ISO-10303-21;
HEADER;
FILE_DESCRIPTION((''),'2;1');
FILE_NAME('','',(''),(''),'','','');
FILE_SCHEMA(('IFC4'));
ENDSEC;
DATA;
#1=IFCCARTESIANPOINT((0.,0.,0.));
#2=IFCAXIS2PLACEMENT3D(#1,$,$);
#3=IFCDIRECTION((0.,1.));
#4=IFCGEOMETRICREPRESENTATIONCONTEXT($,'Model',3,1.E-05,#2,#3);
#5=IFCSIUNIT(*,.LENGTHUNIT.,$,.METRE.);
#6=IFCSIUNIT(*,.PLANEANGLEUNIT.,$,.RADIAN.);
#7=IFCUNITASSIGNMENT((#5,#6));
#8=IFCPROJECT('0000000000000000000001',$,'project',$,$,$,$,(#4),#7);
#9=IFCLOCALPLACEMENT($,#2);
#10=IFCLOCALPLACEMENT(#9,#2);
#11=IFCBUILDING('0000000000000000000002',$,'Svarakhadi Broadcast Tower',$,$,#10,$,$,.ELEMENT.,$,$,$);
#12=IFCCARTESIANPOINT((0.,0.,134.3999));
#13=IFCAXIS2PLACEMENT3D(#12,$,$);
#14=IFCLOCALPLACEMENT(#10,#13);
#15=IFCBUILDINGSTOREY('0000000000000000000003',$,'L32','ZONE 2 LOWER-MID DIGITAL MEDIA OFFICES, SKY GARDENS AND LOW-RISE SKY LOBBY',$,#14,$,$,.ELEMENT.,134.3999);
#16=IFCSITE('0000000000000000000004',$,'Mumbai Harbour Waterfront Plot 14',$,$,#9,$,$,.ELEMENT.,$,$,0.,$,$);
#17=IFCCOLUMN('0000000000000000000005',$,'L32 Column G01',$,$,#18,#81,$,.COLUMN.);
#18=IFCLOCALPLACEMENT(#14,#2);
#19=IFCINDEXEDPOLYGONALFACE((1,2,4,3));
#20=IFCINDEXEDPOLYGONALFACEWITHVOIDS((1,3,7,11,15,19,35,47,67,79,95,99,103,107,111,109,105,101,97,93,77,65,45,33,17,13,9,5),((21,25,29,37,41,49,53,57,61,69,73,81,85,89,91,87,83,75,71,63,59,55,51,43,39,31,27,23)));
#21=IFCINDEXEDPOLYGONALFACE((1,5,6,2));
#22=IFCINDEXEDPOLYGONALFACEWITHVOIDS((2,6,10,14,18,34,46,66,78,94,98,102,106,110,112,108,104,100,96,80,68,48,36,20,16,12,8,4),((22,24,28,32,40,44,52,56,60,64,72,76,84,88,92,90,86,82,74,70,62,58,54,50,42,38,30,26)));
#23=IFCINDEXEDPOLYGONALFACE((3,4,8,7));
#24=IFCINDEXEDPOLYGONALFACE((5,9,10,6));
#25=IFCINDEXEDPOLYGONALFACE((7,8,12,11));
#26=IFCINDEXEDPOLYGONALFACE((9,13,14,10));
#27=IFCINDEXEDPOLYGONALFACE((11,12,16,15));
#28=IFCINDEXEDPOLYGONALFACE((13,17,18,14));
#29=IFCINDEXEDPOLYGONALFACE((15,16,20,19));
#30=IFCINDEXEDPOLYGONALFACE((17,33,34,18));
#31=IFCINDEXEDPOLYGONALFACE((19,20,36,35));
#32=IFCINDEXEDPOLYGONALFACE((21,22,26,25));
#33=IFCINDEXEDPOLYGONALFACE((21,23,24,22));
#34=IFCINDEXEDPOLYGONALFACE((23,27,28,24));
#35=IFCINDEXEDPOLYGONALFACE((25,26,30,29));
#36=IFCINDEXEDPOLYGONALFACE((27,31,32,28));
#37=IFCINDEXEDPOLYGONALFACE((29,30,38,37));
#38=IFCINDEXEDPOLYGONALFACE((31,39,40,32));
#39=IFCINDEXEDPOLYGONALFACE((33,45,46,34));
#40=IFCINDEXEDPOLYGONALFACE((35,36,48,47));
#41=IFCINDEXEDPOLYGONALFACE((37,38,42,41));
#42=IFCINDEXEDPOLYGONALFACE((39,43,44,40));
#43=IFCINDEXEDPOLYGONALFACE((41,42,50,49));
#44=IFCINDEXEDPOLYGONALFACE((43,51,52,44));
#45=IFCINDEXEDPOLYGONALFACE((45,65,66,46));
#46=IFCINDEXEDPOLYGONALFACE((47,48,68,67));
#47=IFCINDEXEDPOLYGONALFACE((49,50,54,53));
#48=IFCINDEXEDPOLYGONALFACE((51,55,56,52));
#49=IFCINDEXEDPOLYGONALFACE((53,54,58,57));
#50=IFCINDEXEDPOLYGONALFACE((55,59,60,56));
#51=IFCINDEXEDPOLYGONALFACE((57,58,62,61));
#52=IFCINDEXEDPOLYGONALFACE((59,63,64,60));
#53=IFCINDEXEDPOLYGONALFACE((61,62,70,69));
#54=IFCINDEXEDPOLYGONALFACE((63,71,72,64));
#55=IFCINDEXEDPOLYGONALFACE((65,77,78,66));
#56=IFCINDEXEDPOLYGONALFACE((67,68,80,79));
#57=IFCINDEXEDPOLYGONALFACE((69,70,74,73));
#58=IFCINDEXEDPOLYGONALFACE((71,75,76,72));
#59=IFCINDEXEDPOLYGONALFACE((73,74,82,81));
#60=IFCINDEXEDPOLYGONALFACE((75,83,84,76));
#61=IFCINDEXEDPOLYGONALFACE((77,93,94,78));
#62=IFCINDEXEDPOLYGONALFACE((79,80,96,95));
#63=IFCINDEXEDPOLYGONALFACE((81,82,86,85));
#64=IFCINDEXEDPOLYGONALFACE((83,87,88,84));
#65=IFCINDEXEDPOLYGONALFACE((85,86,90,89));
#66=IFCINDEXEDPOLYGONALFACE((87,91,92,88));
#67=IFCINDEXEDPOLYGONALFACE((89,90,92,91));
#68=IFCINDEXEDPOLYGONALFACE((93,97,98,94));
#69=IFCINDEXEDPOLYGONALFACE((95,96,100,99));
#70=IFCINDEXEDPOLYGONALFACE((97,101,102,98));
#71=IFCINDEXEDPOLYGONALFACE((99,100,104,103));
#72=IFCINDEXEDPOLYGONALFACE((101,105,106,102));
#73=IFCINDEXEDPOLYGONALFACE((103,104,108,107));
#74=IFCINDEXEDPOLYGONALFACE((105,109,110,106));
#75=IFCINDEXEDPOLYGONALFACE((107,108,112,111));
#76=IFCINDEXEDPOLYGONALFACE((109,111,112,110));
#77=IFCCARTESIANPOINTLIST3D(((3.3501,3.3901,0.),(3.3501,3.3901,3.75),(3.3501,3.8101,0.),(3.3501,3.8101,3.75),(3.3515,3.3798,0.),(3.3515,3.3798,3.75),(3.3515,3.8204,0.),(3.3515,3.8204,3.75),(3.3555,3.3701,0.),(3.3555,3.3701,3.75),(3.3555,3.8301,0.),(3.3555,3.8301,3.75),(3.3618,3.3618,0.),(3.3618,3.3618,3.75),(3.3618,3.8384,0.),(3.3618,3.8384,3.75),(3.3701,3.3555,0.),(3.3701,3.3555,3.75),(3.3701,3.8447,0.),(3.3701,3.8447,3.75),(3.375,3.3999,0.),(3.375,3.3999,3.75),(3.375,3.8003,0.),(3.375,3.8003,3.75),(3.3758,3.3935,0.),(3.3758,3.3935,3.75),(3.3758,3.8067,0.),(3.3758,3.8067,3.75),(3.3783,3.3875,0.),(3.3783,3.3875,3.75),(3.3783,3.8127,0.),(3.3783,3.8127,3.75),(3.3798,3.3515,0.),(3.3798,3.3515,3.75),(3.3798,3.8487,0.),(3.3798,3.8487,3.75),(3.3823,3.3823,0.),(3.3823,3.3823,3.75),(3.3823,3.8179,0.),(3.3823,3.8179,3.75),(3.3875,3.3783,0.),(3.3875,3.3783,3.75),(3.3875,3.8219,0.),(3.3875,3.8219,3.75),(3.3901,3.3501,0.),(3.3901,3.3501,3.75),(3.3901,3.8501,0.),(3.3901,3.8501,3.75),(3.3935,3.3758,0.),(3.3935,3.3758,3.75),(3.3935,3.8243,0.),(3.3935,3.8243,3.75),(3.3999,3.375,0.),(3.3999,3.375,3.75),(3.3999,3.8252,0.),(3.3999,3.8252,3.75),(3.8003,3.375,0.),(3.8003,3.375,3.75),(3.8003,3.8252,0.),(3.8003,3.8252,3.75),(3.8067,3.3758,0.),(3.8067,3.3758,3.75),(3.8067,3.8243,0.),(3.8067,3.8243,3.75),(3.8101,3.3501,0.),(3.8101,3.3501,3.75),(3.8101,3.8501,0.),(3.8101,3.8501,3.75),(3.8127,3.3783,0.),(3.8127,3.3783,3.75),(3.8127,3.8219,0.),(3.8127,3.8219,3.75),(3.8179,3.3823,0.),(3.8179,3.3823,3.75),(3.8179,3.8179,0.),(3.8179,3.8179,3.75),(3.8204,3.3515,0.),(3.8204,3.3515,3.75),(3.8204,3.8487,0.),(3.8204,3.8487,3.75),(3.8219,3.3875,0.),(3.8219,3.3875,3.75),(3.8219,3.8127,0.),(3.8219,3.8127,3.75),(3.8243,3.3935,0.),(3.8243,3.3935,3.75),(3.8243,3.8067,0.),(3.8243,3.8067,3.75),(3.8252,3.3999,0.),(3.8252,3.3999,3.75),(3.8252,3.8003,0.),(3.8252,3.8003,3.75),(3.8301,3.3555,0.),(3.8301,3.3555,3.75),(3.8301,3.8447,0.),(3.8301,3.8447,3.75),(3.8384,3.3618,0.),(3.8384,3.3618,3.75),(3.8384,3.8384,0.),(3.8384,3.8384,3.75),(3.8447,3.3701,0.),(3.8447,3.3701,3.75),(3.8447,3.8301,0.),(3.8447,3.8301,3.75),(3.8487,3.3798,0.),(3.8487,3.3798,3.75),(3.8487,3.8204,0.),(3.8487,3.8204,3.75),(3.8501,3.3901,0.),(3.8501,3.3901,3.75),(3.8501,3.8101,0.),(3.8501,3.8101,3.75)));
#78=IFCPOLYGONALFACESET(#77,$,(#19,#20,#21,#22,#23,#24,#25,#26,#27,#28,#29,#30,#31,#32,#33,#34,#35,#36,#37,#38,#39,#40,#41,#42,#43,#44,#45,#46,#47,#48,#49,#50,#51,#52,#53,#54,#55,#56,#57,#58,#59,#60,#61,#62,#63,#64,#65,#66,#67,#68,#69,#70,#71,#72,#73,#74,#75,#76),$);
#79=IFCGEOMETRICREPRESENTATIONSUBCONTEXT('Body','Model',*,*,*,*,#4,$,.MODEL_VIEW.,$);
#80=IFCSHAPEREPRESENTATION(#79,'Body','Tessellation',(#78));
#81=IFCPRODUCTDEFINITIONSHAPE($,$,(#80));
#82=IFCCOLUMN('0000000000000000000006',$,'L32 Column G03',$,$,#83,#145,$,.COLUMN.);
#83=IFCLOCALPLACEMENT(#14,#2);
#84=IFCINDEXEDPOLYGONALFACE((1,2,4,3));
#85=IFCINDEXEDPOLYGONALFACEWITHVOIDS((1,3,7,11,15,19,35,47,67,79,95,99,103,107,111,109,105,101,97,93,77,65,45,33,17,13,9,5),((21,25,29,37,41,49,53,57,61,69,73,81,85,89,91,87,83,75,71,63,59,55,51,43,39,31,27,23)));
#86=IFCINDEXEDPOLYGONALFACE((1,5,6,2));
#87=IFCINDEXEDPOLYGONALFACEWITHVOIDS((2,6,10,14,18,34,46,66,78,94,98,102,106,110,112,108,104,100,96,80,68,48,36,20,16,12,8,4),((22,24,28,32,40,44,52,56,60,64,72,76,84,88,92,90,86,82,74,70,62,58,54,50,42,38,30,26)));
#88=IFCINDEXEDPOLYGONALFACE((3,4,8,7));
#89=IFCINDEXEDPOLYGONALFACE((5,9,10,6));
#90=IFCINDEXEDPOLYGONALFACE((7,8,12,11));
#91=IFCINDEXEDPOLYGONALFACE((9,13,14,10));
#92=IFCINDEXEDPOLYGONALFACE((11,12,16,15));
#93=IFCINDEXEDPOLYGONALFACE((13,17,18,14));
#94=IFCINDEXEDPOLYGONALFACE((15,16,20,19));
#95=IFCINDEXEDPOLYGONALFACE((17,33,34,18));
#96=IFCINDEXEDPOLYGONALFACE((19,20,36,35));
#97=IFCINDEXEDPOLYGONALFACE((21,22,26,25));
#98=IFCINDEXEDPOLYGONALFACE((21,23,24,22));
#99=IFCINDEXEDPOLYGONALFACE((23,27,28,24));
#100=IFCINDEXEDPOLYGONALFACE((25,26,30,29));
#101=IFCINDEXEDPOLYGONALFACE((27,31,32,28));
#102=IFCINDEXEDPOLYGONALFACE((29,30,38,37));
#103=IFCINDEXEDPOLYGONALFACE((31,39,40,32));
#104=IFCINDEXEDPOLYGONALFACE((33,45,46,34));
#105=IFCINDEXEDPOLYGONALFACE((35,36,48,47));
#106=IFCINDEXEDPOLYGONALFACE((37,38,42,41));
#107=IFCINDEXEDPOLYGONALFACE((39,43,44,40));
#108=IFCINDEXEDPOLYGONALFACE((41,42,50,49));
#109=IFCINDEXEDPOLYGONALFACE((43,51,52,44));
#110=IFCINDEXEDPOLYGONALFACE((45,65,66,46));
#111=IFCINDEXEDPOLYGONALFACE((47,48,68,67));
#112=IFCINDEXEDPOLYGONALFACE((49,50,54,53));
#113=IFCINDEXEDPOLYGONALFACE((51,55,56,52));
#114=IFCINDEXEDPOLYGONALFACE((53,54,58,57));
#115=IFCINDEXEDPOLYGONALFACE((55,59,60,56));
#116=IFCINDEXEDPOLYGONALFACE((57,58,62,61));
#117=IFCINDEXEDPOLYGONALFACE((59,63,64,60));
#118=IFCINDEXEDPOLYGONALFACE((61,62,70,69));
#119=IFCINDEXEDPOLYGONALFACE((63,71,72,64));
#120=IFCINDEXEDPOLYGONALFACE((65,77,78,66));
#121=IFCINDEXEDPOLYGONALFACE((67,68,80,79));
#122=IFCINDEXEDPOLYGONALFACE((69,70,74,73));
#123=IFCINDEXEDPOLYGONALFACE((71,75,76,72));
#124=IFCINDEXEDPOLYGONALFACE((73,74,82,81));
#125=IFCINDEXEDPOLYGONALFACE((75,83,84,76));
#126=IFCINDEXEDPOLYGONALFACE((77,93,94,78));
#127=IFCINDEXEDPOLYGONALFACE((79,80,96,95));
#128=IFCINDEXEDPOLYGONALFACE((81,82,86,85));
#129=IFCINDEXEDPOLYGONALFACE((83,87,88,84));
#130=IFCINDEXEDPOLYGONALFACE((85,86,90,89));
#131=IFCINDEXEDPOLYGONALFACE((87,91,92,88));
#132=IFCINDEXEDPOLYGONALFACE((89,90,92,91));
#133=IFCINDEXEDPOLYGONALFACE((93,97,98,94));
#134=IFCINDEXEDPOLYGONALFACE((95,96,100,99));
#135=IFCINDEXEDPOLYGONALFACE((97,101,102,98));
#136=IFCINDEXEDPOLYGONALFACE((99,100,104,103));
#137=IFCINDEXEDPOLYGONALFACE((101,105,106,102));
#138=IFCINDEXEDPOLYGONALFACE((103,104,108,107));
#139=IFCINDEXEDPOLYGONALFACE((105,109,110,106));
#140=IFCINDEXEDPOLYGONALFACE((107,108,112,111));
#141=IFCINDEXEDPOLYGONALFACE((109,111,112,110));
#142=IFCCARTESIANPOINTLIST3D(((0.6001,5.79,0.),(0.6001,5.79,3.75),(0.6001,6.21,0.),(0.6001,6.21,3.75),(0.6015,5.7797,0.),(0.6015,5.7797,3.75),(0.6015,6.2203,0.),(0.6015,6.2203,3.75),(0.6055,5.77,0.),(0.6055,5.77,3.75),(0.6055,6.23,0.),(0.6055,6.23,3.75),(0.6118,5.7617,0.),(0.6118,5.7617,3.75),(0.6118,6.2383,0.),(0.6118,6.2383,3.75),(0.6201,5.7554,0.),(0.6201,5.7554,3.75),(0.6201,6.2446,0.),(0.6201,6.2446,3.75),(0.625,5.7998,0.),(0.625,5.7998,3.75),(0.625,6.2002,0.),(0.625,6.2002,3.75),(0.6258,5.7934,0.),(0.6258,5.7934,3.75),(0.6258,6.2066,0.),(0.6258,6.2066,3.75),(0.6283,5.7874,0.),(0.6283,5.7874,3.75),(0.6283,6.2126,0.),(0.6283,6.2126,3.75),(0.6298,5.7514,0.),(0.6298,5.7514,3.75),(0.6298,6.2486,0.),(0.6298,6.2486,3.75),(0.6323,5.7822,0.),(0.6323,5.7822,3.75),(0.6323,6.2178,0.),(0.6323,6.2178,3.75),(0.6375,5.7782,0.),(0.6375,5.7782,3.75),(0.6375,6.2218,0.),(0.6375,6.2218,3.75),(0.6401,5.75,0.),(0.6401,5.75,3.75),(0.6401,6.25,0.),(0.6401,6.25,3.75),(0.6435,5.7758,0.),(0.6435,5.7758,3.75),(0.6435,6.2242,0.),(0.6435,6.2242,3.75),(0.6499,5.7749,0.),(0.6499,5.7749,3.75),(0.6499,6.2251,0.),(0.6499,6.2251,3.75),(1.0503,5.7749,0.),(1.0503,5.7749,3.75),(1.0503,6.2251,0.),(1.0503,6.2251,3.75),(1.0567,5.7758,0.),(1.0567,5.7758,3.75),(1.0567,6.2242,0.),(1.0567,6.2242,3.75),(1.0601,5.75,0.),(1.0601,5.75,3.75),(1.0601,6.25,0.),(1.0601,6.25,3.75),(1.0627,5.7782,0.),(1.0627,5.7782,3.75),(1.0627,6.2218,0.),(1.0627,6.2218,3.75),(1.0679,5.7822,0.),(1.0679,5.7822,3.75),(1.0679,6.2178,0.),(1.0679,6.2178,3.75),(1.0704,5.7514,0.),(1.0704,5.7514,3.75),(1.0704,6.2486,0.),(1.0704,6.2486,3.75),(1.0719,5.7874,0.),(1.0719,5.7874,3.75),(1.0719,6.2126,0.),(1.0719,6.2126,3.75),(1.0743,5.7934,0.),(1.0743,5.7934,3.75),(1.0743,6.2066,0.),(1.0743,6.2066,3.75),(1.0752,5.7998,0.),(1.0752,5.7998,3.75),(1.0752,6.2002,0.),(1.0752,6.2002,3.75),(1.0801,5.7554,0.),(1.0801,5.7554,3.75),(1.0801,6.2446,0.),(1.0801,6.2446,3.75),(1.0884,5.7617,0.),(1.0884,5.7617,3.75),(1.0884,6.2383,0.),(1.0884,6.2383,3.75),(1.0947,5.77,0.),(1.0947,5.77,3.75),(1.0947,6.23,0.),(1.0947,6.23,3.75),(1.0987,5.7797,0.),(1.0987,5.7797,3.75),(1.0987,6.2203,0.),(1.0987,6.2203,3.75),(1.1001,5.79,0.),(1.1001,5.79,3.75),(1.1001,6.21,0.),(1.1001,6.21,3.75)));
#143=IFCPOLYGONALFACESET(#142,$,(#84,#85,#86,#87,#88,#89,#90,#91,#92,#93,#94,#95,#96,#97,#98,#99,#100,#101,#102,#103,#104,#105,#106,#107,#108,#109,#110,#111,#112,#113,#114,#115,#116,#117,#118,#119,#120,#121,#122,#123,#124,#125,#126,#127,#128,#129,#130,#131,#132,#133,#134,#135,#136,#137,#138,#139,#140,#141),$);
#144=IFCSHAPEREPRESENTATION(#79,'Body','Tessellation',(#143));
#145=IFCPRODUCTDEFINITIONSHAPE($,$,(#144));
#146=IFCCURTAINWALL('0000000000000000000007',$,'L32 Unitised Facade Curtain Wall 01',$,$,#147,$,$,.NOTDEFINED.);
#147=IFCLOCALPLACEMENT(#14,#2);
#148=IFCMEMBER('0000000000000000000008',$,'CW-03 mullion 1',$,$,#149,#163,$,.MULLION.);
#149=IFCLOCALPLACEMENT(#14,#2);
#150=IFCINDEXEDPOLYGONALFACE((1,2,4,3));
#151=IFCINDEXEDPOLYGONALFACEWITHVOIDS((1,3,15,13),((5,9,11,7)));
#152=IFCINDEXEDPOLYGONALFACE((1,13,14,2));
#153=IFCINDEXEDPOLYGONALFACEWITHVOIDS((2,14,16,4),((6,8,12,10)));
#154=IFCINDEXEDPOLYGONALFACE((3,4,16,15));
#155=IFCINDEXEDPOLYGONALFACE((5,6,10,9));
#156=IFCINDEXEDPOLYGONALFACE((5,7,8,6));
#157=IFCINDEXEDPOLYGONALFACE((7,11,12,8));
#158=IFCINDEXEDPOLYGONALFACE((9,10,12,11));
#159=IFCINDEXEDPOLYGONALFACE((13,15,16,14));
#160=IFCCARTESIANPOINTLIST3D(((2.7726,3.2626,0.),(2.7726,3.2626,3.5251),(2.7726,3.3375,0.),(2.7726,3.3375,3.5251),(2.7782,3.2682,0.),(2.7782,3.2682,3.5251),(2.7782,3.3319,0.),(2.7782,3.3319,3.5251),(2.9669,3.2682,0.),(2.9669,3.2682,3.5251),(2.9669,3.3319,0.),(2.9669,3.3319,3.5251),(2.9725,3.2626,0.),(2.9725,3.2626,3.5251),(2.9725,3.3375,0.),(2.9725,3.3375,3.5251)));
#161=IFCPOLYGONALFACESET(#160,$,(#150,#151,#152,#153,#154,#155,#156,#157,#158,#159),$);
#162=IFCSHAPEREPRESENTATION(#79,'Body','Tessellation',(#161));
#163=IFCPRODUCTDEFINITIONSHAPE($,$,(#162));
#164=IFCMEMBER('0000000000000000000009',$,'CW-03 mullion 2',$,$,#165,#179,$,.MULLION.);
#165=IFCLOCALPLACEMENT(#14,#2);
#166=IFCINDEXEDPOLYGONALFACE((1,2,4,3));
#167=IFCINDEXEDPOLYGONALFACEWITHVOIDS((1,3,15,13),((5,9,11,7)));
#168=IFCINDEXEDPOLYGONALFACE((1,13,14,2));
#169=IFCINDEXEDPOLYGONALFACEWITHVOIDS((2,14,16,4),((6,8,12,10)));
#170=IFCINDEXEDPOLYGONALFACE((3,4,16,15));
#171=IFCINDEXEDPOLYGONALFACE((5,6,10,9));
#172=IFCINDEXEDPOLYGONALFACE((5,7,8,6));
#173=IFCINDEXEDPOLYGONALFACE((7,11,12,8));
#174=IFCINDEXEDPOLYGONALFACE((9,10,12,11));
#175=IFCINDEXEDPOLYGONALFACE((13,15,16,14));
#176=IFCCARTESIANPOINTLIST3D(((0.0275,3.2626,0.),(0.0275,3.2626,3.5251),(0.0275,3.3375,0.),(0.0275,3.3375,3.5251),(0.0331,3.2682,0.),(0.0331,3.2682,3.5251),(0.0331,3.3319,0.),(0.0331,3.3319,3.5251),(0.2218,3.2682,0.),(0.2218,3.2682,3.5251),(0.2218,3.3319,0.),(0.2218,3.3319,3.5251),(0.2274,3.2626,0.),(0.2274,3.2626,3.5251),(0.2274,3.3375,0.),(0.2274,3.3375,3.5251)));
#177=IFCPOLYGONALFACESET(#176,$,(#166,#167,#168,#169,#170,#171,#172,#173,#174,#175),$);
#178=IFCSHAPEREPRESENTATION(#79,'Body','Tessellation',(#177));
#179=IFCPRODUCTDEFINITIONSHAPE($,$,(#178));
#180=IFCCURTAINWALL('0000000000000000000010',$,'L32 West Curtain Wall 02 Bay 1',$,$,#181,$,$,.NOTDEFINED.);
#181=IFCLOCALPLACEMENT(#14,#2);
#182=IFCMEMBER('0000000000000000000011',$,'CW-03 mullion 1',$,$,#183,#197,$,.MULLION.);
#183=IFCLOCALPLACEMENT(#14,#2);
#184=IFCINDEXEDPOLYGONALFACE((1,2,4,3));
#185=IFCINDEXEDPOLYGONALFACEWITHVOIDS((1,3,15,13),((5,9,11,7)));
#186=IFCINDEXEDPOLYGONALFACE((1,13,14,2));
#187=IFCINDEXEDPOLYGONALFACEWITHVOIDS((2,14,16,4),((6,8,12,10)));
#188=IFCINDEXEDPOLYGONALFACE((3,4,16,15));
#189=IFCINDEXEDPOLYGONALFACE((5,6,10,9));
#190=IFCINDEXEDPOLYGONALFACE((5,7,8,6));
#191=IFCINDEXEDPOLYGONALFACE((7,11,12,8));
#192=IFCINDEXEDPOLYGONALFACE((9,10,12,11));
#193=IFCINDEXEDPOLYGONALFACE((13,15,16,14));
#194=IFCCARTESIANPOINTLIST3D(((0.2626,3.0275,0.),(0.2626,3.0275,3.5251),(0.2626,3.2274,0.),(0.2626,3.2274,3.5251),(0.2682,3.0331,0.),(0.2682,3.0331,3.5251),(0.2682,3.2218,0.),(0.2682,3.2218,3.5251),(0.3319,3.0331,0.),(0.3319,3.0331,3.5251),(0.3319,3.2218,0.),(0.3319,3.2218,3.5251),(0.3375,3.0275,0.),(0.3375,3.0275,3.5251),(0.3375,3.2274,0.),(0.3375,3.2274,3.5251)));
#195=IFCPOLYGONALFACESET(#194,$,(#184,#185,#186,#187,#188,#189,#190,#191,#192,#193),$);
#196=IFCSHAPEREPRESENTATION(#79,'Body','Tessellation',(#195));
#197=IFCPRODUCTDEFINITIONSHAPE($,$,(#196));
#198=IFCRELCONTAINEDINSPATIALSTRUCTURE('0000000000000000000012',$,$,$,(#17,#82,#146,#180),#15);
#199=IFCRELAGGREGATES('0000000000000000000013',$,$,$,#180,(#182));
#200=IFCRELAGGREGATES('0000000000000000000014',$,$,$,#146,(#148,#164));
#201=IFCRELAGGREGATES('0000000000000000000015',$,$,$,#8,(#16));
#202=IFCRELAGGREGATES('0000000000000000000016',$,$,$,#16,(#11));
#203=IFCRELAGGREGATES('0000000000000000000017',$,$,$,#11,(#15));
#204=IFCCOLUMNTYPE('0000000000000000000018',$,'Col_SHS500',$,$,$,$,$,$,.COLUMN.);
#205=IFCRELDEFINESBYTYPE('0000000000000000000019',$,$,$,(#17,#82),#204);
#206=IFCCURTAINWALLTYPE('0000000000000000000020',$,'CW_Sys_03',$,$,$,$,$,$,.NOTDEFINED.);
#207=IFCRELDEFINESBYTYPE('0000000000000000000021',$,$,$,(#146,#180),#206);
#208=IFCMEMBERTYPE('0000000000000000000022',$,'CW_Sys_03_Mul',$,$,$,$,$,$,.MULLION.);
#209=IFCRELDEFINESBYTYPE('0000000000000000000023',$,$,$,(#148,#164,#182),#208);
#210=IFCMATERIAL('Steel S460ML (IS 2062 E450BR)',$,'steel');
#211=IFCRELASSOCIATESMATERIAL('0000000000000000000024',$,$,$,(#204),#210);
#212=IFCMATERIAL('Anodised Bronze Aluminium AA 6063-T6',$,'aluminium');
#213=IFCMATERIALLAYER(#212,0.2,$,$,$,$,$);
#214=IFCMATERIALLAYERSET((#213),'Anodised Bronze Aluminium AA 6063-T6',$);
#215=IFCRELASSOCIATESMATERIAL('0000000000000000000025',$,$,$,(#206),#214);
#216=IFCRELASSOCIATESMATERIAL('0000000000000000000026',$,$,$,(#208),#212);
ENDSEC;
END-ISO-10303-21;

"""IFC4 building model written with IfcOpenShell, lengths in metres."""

from ifc_helpers import new_model, si_unit, direction, frame, origin, origin_2d, place, context, subcontext, project, spatial, hollow_rectangle, extrude, material, layer, layer_set, material_profile, profile_set, type_object, element, aggregate, save


model = new_model("IFC4")

# Units and contexts
model_context = context("Model", 3, precision=1e-05, world=origin(), true_north=direction((0.0, 1.0)))
body_context = subcontext(model_context, "Body", "Model", "MODEL_VIEW")
ifc_project = project(units=[si_unit("LENGTHUNIT", "METRE"), si_unit("PLANEANGLEUNIT", "RADIAN")], contexts=[model_context])

# Site, building, storey
site_placement = place(None, origin())
site = spatial("IfcSite", under=ifc_project, at=site_placement, Name="Mumbai Harbour Waterfront Plot 14", CompositionType="ELEMENT", RefElevation=0.0)
building_placement = place(site_placement, origin())
building = spatial("IfcBuilding", under=site, at=building_placement, Name="Svarakhadi Broadcast Tower", CompositionType="ELEMENT")
storey_placement = place(building_placement, frame((0.0, 0.0, 134.3999)))
storey = spatial("IfcBuildingStorey", under=building, at=storey_placement, Name="L32", Description="ZONE 2 LOWER-MID DIGITAL MEDIA OFFICES, SKY GARDENS AND LOW-RISE SKY LOBBY", CompositionType="ELEMENT", Elevation=134.3999)

# Columns
ifc_material_1 = material(Name="Steel S460ML (IS 2062 E450BR)", Category="steel")
ifc_material_profile_1 = material_profile(ifc_material_1, hollow_rectangle(XDim=0.5, YDim=0.5, WallThickness=0.0249, InnerFilletRadius=0.0249, OuterFilletRadius=0.04, at=origin_2d()), Name="SHS 500x500x25")
ifc_profile_set_1 = profile_set([ifc_material_profile_1], Name="Steel S460ML (IS 2062 E450BR)")
column_type = type_object("IfcColumnType", Name="Col_SHS500", PredefinedType="COLUMN", material=ifc_profile_set_1)
for number, where, z_axis, x_axis, name in (
    (1, (3.6001, 3.6001, 0.0), (0.0, 0.0, 1.0), (1.0, 0.0, 0.0), "L32 Column G01"),
    (2, (0.8501, 6.0, 0.0), (0.0, 0.0, 1.0), (1.0, 0.0, 0.0), "L32 Column G03"),
):
    element("IfcColumn", number, at=place(storey_placement, frame(where, z_axis=z_axis, x_axis=x_axis)), inside=storey, type_object=column_type, Name=name, PredefinedType="COLUMN", context=body_context, shape_type="SweptSolid", body=[
        extrude(hollow_rectangle(XDim=0.5, YDim=0.5, WallThickness=0.0249, InnerFilletRadius=0.0249, OuterFilletRadius=0.04, at=origin_2d()), origin(), (0.0, 0.0, 1.0), 3.75),
    ])

# Curtain wall, members
ifc_material_2 = material(Name="Anodised Bronze Aluminium AA 6063-T6", Category="aluminium")
ifc_layer_1 = layer(ifc_material_2, 0.2)
ifc_layer_set_1 = layer_set([ifc_layer_1], Name="Anodised Bronze Aluminium AA 6063-T6")
curtain_wall_type = type_object("IfcCurtainWallType", Name="CW_Sys_03", PredefinedType="NOTDEFINED", material=ifc_layer_set_1)
curtain_wall_1_placement = place(storey_placement, origin())
curtain_wall_1 = element("IfcCurtainWall", 3, at=curtain_wall_1_placement, inside=storey, type_object=curtain_wall_type, Name="L32 Unitised Facade Curtain Wall 01", PredefinedType="NOTDEFINED")
ifc_material_profile_2 = material_profile(ifc_material_2, hollow_rectangle(XDim=0.075, YDim=0.2, WallThickness=0.0056, at=origin_2d()), Name="ALU MULLION 200x75x6")
ifc_profile_set_2 = profile_set([ifc_material_profile_2], Name="Anodised Bronze Aluminium AA 6063-T6")
member_type_1 = type_object("IfcMemberType", Name="CW_Sys_03_Mul", PredefinedType="MULLION", material=ifc_profile_set_2)
member_1_placement = place(storey_placement, frame((2.8726, 3.3, 0.0), z_axis=(0.0, 0.0, 1.0), x_axis=(0.0, -1.0, 0.0)))
member_1 = element("IfcMember", 4, at=member_1_placement, type_object=member_type_1, Name="CW-03 mullion 1", PredefinedType="MULLION", context=body_context, shape_type="SweptSolid", body=[
    extrude(hollow_rectangle(XDim=0.075, YDim=0.2, WallThickness=0.0056, at=origin_2d()), origin(), (0.0, 0.0, 1.0), 3.5251),
])
member_2_placement = place(storey_placement, frame((0.1274, 3.3, 0.0), z_axis=(0.0, 0.0, 1.0), x_axis=(0.0, -1.0, 0.0)))
member_2 = element("IfcMember", 5, at=member_2_placement, type_object=member_type_1, Name="CW-03 mullion 2", PredefinedType="MULLION", context=body_context, shape_type="SweptSolid", body=[
    extrude(hollow_rectangle(XDim=0.075, YDim=0.2, WallThickness=0.0056, at=origin_2d()), origin(), (0.0, 0.0, 1.0), 3.5251),
])

# Curtain wall, member
curtain_wall_2_placement = place(storey_placement, origin())
curtain_wall_2 = element("IfcCurtainWall", 6, at=curtain_wall_2_placement, inside=storey, type_object=curtain_wall_type, Name="L32 West Curtain Wall 02 Bay 1", PredefinedType="NOTDEFINED")
member_3_placement = place(storey_placement, frame((0.3, 3.1274, 0.0), z_axis=(0.0, 0.0, 1.0), x_axis=(-1.0, 0.0, 0.0)))
member_3 = element("IfcMember", 7, at=member_3_placement, type_object=member_type_1, Name="CW-03 mullion 1", PredefinedType="MULLION", context=body_context, shape_type="SweptSolid", body=[
    extrude(hollow_rectangle(XDim=0.075, YDim=0.2, WallThickness=0.0056, at=origin_2d()), origin(), (0.0, 0.0, 1.0), 3.5251),
])

aggregate(curtain_wall_2, [member_3])

aggregate(curtain_wall_1, [member_1, member_2])

save(model, "model.ifc")
